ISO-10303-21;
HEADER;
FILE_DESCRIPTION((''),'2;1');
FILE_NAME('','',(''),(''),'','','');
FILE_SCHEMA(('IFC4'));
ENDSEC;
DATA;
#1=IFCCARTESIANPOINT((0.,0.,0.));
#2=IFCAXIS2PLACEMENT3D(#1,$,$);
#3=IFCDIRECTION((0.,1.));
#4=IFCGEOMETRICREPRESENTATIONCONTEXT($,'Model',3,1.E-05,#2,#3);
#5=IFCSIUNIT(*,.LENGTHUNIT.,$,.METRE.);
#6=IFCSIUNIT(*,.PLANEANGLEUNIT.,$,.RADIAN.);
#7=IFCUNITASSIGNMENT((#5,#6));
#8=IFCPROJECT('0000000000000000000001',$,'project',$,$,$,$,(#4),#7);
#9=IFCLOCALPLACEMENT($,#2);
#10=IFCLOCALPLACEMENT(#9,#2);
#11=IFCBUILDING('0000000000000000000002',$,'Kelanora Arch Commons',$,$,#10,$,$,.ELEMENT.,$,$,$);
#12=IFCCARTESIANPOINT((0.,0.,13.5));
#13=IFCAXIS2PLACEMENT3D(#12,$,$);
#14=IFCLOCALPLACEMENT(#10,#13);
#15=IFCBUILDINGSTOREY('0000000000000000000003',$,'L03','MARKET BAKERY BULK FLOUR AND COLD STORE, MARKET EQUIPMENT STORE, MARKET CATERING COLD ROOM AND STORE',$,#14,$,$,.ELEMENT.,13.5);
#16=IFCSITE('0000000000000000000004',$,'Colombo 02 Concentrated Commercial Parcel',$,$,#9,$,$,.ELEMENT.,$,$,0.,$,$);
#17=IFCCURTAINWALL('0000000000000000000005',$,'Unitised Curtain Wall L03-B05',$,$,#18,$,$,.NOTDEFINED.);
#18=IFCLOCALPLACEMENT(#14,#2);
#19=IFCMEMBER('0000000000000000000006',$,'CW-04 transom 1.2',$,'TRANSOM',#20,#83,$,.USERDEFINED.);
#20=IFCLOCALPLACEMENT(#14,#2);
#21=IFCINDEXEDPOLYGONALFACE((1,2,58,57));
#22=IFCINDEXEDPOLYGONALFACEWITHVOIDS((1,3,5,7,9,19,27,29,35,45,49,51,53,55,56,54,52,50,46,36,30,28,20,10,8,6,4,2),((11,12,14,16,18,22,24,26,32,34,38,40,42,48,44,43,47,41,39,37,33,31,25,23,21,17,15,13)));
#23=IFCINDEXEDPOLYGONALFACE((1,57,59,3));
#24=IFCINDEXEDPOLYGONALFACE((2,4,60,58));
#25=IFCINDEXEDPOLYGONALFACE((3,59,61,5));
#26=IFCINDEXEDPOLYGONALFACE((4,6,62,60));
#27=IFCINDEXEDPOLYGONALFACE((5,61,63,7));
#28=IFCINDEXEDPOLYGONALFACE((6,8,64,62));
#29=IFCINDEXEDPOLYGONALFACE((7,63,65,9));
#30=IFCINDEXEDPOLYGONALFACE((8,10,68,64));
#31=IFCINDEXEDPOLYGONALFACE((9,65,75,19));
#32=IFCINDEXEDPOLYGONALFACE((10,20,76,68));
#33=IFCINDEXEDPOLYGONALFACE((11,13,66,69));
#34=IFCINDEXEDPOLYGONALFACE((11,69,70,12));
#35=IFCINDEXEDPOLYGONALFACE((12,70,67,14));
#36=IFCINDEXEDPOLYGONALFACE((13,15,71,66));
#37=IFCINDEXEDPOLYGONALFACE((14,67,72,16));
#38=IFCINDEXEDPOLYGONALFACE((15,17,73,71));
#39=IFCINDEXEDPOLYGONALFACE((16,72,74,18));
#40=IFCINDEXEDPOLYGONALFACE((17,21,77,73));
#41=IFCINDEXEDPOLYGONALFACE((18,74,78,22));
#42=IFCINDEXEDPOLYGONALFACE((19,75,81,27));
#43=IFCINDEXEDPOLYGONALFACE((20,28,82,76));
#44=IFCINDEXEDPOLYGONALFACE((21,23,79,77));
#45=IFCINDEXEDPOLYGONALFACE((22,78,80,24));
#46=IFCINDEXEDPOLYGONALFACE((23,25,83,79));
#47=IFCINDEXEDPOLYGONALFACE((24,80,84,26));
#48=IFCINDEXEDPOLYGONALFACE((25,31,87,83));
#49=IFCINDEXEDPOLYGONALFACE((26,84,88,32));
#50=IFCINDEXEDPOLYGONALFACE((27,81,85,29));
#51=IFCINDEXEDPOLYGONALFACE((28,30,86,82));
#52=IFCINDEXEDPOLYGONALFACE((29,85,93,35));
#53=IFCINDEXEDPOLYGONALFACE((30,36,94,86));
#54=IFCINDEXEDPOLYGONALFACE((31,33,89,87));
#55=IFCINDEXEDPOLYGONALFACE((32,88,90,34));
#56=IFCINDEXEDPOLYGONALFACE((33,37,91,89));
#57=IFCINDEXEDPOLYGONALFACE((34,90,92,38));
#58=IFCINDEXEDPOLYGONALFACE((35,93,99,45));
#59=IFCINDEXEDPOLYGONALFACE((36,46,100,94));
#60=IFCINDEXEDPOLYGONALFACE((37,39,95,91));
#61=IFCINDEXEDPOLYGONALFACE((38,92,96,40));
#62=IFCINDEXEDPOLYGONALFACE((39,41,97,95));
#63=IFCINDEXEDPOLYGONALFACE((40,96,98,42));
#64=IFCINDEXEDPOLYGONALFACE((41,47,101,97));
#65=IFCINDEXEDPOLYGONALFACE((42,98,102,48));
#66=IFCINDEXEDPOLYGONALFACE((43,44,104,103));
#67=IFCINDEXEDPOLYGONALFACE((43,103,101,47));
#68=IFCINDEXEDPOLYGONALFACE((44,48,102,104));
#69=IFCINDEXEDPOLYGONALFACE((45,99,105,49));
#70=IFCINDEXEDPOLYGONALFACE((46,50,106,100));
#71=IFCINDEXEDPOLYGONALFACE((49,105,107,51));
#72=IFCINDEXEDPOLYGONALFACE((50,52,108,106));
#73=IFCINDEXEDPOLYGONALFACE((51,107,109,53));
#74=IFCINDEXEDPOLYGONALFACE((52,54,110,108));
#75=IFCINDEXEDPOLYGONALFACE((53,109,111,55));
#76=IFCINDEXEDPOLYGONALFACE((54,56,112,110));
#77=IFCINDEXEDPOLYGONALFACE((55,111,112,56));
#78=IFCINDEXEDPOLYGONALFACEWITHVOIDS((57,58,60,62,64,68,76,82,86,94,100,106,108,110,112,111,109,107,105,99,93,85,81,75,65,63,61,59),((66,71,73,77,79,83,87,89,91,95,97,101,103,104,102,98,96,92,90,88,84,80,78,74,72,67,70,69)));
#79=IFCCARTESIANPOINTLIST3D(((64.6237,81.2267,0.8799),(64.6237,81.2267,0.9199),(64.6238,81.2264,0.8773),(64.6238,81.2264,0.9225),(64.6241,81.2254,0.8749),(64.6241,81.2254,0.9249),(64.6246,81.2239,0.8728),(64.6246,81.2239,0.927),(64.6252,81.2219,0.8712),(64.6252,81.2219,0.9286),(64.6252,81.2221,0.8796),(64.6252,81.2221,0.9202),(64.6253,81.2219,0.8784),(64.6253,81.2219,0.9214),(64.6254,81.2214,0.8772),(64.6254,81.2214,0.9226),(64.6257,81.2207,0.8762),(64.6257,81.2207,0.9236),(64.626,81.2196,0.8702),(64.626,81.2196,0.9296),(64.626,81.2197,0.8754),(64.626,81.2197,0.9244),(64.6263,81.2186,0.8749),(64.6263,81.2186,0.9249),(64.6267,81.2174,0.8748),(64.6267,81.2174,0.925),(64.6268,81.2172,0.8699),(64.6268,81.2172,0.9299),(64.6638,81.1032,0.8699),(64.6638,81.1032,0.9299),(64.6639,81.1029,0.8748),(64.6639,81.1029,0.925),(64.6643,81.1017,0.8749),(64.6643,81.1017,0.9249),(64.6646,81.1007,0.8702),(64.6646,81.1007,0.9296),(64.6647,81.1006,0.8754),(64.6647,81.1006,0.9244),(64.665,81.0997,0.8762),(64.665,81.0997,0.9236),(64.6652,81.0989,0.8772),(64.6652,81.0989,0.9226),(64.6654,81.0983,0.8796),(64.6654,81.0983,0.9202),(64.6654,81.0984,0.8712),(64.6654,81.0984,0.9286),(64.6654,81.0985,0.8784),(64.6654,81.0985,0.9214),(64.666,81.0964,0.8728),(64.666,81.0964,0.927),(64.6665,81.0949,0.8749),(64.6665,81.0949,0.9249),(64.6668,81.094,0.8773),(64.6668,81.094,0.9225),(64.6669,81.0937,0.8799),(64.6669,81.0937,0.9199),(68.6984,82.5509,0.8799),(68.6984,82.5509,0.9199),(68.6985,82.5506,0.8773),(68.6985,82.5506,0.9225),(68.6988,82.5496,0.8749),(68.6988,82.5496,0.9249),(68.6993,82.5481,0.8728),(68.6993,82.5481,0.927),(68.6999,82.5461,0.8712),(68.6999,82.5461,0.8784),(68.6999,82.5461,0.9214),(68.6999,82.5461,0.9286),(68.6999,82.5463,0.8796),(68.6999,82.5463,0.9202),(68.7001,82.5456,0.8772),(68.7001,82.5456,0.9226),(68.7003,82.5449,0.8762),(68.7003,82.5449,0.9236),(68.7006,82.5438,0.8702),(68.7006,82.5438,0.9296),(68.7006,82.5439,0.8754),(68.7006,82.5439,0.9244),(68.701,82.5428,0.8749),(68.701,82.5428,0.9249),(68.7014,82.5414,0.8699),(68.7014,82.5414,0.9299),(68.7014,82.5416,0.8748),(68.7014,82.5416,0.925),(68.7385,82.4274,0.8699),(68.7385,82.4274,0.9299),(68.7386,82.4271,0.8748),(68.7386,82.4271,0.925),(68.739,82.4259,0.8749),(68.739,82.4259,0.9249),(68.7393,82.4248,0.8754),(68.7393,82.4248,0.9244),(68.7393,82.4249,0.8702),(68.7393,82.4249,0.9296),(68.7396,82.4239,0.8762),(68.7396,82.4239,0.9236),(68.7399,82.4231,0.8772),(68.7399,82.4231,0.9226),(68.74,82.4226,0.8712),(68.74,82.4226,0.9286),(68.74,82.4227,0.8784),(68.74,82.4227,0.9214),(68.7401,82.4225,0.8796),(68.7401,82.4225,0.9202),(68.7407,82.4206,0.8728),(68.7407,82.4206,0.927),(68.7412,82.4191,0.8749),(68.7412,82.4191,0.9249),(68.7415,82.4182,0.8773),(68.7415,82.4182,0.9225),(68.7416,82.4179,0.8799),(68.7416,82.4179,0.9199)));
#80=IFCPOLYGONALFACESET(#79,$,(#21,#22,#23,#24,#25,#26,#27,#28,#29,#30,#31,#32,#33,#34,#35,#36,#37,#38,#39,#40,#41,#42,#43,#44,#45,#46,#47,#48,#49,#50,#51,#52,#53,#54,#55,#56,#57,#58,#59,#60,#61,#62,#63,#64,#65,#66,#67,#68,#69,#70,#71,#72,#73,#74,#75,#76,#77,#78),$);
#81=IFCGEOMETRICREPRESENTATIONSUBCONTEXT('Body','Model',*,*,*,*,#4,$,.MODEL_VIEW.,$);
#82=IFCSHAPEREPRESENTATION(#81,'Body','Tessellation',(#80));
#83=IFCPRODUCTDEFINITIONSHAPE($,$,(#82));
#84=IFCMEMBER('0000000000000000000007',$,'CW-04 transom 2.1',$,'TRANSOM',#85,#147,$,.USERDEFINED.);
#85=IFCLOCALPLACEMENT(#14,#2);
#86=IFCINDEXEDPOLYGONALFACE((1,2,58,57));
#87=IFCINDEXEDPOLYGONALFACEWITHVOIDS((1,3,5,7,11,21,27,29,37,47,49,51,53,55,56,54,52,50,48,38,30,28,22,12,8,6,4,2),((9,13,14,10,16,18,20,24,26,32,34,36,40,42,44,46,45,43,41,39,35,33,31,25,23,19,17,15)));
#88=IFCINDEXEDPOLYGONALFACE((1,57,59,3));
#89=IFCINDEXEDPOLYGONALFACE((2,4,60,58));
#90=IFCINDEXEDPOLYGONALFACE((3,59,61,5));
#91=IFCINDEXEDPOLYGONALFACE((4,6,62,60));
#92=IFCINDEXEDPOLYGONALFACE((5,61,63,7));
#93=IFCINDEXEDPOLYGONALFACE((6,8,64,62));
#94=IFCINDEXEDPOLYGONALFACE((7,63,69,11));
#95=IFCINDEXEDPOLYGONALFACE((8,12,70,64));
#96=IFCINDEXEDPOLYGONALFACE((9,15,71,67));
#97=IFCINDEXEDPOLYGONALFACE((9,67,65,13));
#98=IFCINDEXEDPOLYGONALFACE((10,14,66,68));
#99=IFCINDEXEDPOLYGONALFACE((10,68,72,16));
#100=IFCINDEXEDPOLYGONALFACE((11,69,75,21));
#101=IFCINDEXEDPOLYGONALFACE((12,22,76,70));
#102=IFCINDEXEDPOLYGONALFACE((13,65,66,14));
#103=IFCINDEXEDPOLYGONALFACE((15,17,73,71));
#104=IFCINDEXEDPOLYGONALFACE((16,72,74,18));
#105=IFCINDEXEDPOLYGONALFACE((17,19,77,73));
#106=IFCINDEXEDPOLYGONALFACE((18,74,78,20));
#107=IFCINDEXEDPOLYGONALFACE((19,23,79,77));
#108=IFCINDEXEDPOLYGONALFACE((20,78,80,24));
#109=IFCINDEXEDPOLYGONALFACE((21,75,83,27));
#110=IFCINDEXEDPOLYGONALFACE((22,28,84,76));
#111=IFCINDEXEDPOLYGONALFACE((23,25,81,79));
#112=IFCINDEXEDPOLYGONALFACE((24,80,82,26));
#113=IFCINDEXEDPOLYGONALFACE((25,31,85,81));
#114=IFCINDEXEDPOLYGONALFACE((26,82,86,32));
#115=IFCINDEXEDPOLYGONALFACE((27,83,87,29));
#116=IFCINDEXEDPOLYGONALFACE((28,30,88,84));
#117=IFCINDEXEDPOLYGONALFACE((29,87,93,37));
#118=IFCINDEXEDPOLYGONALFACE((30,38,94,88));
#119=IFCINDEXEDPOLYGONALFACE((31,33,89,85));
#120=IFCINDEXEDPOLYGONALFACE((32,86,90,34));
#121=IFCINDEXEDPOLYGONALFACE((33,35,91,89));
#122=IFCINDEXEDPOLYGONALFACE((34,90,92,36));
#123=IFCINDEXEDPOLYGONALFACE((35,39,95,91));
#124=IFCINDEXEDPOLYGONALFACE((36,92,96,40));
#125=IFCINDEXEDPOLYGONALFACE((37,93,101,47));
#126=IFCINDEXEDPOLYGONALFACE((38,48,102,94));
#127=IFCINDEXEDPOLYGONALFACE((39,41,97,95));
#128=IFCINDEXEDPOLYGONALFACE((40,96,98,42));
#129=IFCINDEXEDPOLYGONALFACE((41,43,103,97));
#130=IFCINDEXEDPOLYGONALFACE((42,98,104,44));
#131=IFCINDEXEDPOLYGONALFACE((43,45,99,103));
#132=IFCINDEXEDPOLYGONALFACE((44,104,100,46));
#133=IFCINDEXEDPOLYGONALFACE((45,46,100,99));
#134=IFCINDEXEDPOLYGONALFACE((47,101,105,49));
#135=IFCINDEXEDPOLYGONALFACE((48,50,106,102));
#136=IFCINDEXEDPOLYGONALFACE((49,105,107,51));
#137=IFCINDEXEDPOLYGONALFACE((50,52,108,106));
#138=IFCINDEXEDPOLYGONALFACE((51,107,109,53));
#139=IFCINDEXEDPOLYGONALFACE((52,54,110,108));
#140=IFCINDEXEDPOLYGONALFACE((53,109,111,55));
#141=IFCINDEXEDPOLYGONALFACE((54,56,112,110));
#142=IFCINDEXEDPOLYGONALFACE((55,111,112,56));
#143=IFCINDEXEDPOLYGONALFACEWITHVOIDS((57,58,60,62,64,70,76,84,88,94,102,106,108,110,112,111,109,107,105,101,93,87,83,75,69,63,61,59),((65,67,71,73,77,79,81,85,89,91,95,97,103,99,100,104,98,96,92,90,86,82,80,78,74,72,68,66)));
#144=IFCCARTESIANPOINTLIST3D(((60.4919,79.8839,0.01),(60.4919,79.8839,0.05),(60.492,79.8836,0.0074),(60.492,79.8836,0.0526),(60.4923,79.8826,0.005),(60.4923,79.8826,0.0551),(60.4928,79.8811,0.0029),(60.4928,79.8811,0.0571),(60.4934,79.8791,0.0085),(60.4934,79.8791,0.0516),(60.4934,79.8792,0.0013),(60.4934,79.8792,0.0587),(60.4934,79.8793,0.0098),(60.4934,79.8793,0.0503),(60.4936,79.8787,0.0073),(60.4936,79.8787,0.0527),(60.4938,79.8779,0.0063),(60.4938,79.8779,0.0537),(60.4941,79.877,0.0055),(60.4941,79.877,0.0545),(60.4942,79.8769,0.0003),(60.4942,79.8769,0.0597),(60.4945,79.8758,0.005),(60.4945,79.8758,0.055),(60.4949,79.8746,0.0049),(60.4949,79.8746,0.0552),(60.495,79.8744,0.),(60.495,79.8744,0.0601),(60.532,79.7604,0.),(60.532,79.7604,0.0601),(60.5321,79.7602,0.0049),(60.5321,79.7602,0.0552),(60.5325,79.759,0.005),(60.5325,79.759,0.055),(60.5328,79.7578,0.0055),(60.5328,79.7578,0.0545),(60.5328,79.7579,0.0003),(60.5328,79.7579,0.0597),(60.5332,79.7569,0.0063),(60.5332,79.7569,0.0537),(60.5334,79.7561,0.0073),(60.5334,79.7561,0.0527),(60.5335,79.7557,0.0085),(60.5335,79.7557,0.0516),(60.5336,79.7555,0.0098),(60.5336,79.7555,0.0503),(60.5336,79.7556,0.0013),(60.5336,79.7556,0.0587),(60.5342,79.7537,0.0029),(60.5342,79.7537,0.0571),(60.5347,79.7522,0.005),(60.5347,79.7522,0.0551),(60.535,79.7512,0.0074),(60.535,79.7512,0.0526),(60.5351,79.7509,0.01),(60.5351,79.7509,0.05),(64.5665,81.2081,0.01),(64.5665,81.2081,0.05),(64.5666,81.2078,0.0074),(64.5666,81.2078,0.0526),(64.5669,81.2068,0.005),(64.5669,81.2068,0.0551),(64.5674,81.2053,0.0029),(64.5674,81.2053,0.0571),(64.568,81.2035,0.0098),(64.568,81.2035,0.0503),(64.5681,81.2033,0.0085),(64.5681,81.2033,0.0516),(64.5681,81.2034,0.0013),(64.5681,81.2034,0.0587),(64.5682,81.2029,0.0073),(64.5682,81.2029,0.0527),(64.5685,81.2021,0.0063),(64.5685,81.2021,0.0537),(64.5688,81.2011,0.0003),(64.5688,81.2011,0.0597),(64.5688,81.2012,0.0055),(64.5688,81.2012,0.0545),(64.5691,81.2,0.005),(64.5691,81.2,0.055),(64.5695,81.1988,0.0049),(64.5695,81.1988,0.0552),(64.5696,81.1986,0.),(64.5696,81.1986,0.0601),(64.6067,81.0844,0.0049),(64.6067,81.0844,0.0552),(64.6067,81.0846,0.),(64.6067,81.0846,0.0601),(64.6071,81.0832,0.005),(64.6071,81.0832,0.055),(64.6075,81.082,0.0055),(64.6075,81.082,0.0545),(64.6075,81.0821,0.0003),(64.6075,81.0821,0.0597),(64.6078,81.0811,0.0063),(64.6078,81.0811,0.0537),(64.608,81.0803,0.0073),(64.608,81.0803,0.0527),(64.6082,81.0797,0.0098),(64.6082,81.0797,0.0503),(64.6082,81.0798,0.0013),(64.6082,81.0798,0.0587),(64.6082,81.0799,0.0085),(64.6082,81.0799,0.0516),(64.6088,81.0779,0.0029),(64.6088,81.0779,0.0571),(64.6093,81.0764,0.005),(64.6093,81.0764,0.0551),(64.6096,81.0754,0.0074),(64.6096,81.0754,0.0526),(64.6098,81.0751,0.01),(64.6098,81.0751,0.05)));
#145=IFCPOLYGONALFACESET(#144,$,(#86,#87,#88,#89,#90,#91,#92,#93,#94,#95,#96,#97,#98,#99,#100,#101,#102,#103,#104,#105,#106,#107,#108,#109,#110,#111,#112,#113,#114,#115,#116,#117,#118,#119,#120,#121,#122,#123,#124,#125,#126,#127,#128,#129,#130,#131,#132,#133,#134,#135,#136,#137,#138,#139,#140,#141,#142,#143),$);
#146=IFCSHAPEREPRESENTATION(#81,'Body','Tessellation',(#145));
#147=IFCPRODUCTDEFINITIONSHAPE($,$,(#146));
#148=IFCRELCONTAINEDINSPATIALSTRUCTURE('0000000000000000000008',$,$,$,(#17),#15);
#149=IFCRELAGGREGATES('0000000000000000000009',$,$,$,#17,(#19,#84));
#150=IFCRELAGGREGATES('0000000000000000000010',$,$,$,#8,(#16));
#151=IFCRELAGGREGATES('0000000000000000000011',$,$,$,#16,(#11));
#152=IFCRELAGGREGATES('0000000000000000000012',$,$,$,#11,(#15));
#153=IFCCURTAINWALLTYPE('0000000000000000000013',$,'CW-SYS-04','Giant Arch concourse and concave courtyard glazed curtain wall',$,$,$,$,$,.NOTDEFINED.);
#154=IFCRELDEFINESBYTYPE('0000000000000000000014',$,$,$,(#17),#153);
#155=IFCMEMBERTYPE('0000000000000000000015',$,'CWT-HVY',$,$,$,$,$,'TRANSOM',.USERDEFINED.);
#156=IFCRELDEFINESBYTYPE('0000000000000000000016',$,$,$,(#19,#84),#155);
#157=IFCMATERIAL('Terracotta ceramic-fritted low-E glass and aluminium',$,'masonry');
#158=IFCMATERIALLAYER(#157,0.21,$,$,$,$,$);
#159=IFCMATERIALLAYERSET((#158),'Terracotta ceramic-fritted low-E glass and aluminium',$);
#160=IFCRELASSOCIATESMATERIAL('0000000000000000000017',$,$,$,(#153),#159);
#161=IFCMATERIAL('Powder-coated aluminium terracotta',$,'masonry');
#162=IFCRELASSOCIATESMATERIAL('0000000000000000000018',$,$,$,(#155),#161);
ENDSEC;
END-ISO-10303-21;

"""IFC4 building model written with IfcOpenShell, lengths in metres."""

from ifc_helpers import new_model, si_unit, direction, frame, origin, origin_2d, place, context, subcontext, project, spatial, hollow_rectangle, extrude, material, layer, layer_set, material_profile, profile_set, type_object, element, aggregate, save


model = new_model("IFC4")

# Units and contexts
model_context = context("Model", 3, precision=1e-05, world=origin(), true_north=direction((0.0, 1.0)))
body_context = subcontext(model_context, "Body", "Model", "MODEL_VIEW")
ifc_project = project(units=[si_unit("LENGTHUNIT", "METRE"), si_unit("PLANEANGLEUNIT", "RADIAN")], contexts=[model_context])

# Site, building, storey
site_placement = place(None, origin())
site = spatial("IfcSite", under=ifc_project, at=site_placement, Name="Colombo 02 Concentrated Commercial Parcel", CompositionType="ELEMENT", RefElevation=0.0)
building_placement = place(site_placement, origin())
building = spatial("IfcBuilding", under=site, at=building_placement, Name="Kelanora Arch Commons", CompositionType="ELEMENT")
storey_placement = place(building_placement, frame((0.0, 0.0, 13.5)))
storey = spatial("IfcBuildingStorey", under=building, at=storey_placement, Name="L03", Description="MARKET BAKERY BULK FLOUR AND COLD STORE, MARKET EQUIPMENT STORE, MARKET CATERING COLD ROOM AND STORE", CompositionType="ELEMENT", Elevation=13.5)

# Curtain wall, members
ifc_material_1 = material(Name="Terracotta ceramic-fritted low-E glass and aluminium", Category="masonry")
ifc_layer_1 = layer(ifc_material_1, 0.21)
ifc_layer_set_1 = layer_set([ifc_layer_1], Name="Terracotta ceramic-fritted low-E glass and aluminium")
curtain_wall_type = type_object("IfcCurtainWallType", Name="CW-SYS-04", Description="Giant Arch concourse and concave courtyard glazed curtain wall", PredefinedType="NOTDEFINED", material=ifc_layer_set_1)
curtain_wall_placement = place(storey_placement, origin())
curtain_wall = element("IfcCurtainWall", 1, at=curtain_wall_placement, inside=storey, type_object=curtain_wall_type, Name="Unitised Curtain Wall L03-B05", PredefinedType="NOTDEFINED")
ifc_material_2 = material(Name="Powder-coated aluminium terracotta", Category="masonry")
ifc_material_profile_1 = material_profile(ifc_material_2, hollow_rectangle(XDim=0.1399, YDim=0.0601, WallThickness=0.0049, InnerFilletRadius=0.0049, OuterFilletRadius=0.01, at=origin_2d()), Name="CWT140x60")
ifc_profile_set_1 = profile_set([ifc_material_profile_1], Name="Powder-coated aluminium terracotta")
member_type_1 = type_object("IfcMemberType", Name="CWT-HVY", ElementType="TRANSOM", PredefinedType="USERDEFINED", material=ifc_profile_set_1)
member_1_placement = place(storey_placement, frame((68.72, 82.4844, 0.8999), z_axis=(-0.951038, -0.309073, 0.0), x_axis=(0.309073, -0.951038, 0.0)))
member_1 = element("IfcMember", 2, at=member_1_placement, type_object=member_type_1, Name="CW-04 transom 1.2", ObjectType="TRANSOM", PredefinedType="USERDEFINED", context=body_context, shape_type="SweptSolid", body=[
    extrude(hollow_rectangle(XDim=0.1399, YDim=0.0601, WallThickness=0.0049, InnerFilletRadius=0.0049, OuterFilletRadius=0.01, at=origin_2d()), origin(), (0.0, 0.0, 1.0), 4.2844),
])
member_2_placement = place(storey_placement, frame((64.5881, 81.1416, 0.03), z_axis=(-0.951038, -0.309073, 0.0), x_axis=(0.309073, -0.951038, 0.0)))
member_2 = element("IfcMember", 3, at=member_2_placement, type_object=member_type_1, Name="CW-04 transom 2.1", ObjectType="TRANSOM", PredefinedType="USERDEFINED", context=body_context, shape_type="SweptSolid", body=[
    extrude(hollow_rectangle(XDim=0.1399, YDim=0.0601, WallThickness=0.0049, InnerFilletRadius=0.0049, OuterFilletRadius=0.01, at=origin_2d()), origin(), (0.0, 0.0, 1.0), 4.2844),
])
aggregate(curtain_wall, [member_1, member_2])

save(model, "model.ifc")
